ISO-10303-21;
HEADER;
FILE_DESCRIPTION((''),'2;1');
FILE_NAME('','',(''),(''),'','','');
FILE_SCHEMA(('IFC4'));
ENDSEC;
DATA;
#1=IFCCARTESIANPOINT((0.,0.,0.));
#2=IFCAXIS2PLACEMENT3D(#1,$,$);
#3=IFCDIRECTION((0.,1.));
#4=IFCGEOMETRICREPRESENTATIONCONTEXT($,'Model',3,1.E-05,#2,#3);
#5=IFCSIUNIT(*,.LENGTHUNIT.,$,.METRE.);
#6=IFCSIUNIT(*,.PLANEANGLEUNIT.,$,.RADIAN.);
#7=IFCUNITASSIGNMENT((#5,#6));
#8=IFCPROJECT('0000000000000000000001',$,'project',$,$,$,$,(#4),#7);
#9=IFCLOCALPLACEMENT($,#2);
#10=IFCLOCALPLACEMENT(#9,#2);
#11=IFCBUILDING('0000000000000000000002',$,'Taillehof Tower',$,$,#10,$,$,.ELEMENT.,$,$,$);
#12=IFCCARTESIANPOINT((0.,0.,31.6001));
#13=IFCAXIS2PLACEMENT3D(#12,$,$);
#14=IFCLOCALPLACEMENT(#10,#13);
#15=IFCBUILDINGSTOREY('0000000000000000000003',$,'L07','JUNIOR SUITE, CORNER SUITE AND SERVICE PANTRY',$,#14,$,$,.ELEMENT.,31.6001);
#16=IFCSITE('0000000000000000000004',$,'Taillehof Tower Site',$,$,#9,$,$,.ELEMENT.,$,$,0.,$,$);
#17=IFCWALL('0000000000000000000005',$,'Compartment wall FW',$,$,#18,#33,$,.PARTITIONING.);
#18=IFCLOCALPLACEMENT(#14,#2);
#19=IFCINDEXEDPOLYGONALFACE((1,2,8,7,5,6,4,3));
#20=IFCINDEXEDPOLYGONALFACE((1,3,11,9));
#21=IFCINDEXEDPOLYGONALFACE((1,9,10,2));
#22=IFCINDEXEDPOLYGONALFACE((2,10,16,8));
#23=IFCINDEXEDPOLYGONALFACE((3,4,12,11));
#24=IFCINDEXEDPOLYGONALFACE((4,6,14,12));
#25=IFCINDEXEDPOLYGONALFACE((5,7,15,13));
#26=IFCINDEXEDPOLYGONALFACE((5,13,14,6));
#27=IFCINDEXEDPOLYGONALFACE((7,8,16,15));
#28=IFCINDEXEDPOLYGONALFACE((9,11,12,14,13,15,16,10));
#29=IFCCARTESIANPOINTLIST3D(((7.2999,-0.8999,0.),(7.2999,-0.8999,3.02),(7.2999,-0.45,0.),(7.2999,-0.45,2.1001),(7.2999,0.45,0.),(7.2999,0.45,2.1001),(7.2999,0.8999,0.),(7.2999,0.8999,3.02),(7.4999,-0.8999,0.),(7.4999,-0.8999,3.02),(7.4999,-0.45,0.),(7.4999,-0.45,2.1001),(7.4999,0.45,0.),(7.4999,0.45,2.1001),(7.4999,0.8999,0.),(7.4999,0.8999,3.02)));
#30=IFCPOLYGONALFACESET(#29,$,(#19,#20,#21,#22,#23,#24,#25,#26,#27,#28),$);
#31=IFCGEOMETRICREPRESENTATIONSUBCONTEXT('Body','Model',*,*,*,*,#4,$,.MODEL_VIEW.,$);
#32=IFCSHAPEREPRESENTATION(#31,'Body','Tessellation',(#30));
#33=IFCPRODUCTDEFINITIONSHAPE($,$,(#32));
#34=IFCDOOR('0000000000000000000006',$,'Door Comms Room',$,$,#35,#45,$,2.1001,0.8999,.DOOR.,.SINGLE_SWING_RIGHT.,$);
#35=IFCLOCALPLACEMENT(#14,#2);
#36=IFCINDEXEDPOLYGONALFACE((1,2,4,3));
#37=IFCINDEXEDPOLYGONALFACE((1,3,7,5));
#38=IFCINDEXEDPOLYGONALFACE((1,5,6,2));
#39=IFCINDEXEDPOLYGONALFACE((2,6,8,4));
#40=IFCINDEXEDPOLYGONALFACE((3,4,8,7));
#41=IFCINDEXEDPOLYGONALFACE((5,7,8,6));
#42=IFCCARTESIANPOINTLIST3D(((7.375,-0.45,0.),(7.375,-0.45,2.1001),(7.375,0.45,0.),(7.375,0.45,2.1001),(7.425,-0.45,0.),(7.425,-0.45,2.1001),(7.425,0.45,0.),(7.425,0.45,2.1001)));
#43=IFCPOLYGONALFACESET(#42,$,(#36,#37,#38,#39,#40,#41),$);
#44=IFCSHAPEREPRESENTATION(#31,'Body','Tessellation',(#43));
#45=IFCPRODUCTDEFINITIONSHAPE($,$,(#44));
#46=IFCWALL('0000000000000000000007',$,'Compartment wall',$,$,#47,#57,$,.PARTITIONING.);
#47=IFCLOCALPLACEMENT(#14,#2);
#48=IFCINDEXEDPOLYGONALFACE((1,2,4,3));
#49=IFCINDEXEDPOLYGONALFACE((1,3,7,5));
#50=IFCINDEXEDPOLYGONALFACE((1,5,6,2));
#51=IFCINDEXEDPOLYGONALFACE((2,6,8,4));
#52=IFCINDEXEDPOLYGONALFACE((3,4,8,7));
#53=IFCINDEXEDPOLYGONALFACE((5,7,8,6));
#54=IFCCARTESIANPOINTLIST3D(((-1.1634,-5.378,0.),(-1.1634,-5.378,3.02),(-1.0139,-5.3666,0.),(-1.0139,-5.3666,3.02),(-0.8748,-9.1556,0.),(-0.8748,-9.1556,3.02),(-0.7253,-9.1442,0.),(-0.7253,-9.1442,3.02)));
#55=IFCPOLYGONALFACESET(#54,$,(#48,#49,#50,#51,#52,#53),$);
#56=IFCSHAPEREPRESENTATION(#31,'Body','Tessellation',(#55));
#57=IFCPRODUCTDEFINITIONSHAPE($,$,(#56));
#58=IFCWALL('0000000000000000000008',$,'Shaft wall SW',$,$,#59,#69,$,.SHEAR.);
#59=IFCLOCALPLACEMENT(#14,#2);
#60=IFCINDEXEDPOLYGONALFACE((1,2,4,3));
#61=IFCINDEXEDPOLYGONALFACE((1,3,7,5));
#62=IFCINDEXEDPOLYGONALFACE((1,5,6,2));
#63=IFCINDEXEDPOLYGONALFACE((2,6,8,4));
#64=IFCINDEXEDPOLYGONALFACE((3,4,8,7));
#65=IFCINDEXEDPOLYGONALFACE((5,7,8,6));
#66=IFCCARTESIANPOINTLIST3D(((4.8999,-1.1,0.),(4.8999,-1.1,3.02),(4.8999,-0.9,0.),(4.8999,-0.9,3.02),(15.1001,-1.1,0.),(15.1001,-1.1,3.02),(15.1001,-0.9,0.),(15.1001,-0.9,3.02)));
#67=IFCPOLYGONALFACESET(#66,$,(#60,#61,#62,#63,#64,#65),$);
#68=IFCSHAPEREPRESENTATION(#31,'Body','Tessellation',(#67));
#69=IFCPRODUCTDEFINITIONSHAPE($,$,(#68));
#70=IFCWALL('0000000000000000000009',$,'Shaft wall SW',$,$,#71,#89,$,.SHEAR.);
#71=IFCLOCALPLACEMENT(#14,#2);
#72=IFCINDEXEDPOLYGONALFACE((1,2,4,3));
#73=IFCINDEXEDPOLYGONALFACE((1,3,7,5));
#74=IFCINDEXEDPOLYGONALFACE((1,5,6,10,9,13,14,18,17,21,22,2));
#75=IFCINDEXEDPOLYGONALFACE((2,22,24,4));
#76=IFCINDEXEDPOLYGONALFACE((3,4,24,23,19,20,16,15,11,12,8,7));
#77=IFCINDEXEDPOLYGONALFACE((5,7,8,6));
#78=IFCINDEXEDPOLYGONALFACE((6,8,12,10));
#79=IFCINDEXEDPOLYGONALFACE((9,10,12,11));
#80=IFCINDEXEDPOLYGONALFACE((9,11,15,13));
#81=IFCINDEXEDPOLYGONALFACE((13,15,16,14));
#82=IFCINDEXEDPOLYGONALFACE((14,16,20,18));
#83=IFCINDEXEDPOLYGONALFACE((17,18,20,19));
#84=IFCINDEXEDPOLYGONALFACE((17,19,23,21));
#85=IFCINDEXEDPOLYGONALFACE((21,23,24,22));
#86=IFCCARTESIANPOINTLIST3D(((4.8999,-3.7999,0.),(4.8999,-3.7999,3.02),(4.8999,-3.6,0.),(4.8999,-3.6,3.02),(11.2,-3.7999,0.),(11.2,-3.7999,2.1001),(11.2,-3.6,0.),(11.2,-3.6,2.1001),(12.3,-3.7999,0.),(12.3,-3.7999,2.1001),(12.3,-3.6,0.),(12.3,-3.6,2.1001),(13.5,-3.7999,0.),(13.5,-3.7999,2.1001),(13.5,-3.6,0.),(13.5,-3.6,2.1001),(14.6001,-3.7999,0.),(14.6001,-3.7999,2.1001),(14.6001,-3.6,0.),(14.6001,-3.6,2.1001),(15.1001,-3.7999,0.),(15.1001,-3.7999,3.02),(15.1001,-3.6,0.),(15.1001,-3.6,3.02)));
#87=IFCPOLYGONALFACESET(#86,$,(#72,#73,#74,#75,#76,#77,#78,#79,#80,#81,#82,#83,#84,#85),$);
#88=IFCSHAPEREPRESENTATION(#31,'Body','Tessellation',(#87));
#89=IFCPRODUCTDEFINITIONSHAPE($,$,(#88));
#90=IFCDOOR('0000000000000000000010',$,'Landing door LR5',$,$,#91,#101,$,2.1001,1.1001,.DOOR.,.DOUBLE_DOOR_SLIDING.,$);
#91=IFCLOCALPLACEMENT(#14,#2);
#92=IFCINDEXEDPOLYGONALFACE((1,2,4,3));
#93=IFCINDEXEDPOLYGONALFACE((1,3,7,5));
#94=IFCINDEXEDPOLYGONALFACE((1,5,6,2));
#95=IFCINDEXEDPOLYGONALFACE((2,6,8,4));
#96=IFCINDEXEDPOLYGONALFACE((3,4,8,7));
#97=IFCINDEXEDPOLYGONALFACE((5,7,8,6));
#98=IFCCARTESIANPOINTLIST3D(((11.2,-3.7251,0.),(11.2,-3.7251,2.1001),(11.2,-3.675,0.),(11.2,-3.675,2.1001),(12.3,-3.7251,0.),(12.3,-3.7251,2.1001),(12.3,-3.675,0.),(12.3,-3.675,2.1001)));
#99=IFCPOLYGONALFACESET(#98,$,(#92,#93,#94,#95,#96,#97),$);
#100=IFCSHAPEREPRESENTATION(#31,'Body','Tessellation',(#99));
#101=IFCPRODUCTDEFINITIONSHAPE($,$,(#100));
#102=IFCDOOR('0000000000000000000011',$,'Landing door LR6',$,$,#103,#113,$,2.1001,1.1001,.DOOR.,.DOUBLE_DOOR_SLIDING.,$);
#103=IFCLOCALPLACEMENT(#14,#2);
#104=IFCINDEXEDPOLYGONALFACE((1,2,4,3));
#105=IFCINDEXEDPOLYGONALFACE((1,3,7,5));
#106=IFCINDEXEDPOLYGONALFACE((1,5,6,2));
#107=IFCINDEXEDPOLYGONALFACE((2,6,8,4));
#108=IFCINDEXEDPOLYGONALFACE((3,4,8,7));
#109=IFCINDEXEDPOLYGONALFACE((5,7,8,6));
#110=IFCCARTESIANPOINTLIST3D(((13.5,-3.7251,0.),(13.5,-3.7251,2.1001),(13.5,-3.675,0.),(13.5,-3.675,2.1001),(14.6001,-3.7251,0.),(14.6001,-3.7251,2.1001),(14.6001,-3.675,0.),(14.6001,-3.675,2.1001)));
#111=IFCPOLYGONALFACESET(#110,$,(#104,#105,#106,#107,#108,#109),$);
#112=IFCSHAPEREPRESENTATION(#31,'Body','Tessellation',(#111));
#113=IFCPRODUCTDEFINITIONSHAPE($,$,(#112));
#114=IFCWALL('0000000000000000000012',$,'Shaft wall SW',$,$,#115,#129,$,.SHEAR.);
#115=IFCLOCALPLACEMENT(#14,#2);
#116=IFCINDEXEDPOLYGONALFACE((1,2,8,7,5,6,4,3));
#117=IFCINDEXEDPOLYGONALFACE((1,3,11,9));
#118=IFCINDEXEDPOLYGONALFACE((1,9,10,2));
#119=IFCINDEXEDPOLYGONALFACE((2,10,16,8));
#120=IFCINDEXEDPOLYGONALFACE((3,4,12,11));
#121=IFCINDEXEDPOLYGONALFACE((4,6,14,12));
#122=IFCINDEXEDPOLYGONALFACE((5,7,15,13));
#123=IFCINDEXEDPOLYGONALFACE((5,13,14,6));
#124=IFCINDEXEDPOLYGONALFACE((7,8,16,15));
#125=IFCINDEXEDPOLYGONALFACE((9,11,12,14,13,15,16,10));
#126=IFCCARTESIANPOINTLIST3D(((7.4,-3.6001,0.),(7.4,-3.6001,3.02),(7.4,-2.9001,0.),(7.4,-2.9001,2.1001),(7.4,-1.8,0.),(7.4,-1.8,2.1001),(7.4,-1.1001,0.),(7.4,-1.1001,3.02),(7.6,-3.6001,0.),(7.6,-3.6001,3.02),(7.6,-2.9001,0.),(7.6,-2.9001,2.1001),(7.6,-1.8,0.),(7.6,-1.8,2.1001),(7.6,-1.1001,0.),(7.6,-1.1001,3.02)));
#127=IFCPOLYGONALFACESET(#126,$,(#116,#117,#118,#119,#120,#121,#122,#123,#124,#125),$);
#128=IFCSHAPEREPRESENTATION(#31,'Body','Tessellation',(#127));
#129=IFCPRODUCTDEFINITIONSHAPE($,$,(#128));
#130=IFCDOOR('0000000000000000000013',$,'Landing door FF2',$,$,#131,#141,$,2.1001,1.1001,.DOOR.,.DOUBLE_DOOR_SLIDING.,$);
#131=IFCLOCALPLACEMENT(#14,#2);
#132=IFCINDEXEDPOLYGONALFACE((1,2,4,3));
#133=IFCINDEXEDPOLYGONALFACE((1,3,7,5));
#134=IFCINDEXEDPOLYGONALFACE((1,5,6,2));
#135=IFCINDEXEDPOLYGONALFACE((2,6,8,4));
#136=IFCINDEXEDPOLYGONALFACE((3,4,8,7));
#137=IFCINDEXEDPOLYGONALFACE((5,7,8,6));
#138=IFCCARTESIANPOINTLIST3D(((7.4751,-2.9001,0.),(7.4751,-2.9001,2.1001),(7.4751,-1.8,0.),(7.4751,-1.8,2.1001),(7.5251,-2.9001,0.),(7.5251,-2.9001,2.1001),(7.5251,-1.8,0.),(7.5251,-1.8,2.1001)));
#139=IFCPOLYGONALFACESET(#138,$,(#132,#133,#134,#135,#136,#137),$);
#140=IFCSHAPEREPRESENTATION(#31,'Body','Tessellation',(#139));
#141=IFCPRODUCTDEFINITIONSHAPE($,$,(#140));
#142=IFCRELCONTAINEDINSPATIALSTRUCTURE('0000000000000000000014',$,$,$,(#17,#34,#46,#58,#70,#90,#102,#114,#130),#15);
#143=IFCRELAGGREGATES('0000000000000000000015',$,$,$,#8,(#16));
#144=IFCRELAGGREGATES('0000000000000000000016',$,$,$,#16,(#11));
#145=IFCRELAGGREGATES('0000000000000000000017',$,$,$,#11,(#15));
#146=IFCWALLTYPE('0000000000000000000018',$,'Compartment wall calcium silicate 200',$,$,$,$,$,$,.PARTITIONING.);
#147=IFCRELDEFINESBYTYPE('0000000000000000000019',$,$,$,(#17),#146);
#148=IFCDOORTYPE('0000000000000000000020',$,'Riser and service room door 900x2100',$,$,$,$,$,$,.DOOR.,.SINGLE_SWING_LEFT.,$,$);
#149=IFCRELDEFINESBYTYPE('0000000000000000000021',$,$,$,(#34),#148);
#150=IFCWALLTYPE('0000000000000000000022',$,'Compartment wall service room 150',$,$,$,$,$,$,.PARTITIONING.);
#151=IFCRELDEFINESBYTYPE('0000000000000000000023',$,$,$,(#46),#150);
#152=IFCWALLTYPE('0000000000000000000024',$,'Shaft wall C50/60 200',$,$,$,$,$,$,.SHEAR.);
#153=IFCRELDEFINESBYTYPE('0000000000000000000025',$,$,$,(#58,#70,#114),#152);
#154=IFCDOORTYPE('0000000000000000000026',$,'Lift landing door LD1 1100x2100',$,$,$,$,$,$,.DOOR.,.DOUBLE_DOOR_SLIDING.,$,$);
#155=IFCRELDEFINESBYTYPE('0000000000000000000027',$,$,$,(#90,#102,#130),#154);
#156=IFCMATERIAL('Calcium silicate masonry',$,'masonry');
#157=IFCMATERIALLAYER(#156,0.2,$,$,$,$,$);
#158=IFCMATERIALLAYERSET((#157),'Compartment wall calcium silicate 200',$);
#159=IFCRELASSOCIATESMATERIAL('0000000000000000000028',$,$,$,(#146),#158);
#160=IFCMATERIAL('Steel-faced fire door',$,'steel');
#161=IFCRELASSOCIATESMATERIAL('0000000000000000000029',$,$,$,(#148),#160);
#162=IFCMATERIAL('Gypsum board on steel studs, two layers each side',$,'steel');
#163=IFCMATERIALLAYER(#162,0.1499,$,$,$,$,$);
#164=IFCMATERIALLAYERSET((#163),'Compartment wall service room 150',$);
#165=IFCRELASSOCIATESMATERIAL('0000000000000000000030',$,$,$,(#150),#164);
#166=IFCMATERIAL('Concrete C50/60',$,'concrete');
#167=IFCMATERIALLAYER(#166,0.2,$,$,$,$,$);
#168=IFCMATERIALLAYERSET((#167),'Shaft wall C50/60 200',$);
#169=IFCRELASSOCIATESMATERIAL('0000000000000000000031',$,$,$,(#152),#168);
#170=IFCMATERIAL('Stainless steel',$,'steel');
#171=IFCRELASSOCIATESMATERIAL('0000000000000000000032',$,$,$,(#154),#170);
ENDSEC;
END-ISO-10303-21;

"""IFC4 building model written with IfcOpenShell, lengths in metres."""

from ifc_helpers import new_model, si_unit, direction, frame, frame_2d, origin, place, context, subcontext, project, spatial, rectangle, extrude, material, layer, layer_set, type_object, element, fill, save


model = new_model("IFC4")

# Units and contexts
model_context = context("Model", 3, precision=1e-05, world=origin(), true_north=direction((0.0, 1.0)))
body_context = subcontext(model_context, "Body", "Model", "MODEL_VIEW")
ifc_project = project(units=[si_unit("LENGTHUNIT", "METRE"), si_unit("PLANEANGLEUNIT", "RADIAN")], contexts=[model_context])

# Site, building, storey
site_placement = place(None, origin())
site = spatial("IfcSite", under=ifc_project, at=site_placement, Name="Taillehof Tower Site", CompositionType="ELEMENT", RefElevation=0.0)
building_placement = place(site_placement, origin())
building = spatial("IfcBuilding", under=site, at=building_placement, Name="Taillehof Tower", CompositionType="ELEMENT")
storey_placement = place(building_placement, frame((0.0, 0.0, 31.6001)))
storey = spatial("IfcBuildingStorey", under=building, at=storey_placement, Name="L07", Description="JUNIOR SUITE, CORNER SUITE AND SERVICE PANTRY", CompositionType="ELEMENT", Elevation=31.6001)

# Wall, opening, door
ifc_material_1 = material(Name="Calcium silicate masonry", Category="masonry")
ifc_layer_1 = layer(ifc_material_1, 0.2)
ifc_layer_set_1 = layer_set([ifc_layer_1], Name="Compartment wall calcium silicate 200")
wall_type_1 = type_object("IfcWallType", Name="Compartment wall calcium silicate 200", PredefinedType="PARTITIONING", material=ifc_layer_set_1)
wall_1_placement = place(storey_placement, frame((7.3999, -0.8999, 0.0), z_axis=(0.0, 0.0, 1.0), x_axis=(0.0, 1.0, 0.0)))
wall_1 = element("IfcWall", 1, at=wall_1_placement, inside=storey, type_object=wall_type_1, Name="Compartment wall FW", PredefinedType="PARTITIONING", context=body_context, shape_type="SweptSolid", body=[
    extrude(rectangle(XDim=1.7998, YDim=0.2, at=frame_2d((0.8999, 0.0))), origin(), (0.0, 0.0, 1.0), 3.02),
])
opening_1_placement = place(wall_1_placement, frame((0.45, 0.0, 0.0)))
opening_1 = element("IfcOpeningElement", 2, at=opening_1_placement, cuts=wall_1, PredefinedType="OPENING", context=body_context, shape_type="SweptSolid", body=[
    extrude(rectangle(XDim=0.8999, YDim=2.1001, at=frame_2d((0.45, 1.05))), frame((0.0, 0.1099, 0.0), z_axis=(0.0, -1.0, 0.0), x_axis=(1.0, 0.0, 0.0)), (0.0, 0.0, 1.0), 0.22),
])
ifc_material_2 = material(Name="Steel-faced fire door", Category="steel")
door_type_1 = type_object("IfcDoorType", Name="Riser and service room door 900x2100", OperationType="SINGLE_SWING_LEFT", PredefinedType="DOOR", material=ifc_material_2)
door_1_placement = place(opening_1_placement, origin())
door_1 = element("IfcDoor", 3, at=door_1_placement, inside=storey, type_object=door_type_1, Name="Door Comms Room", OperationType="SINGLE_SWING_RIGHT", OverallHeight=2.1001, OverallWidth=0.8999, PredefinedType="DOOR", context=body_context, shape_type="SweptSolid", body=[
    extrude(rectangle(XDim=0.8999, YDim=2.1001, at=frame_2d((0.45, 1.05))), frame((0.0, 0.0249, 0.0), z_axis=(0.0, -1.0, 0.0), x_axis=(1.0, 0.0, 0.0)), (0.0, 0.0, 1.0), 0.05),
])
fill(opening_1, door_1)

# Walls
ifc_material_3 = material(Name="Gypsum board on steel studs, two layers each side", Category="steel")
ifc_layer_2 = layer(ifc_material_3, 0.1499)
ifc_layer_set_2 = layer_set([ifc_layer_2], Name="Compartment wall service room 150")
wall_type_2 = type_object("IfcWallType", Name="Compartment wall service room 150", PredefinedType="PARTITIONING", material=ifc_layer_set_2)
wall_2_placement = place(storey_placement, frame((-1.0886, -5.3723, 0.0), z_axis=(0.0, 0.0, 1.0), x_axis=(0.076169, -0.997095, 0.0)))
element("IfcWall", 4, at=wall_2_placement, inside=storey, type_object=wall_type_2, Name="Compartment wall", PredefinedType="PARTITIONING", context=body_context, shape_type="SweptSolid", body=[
    extrude(rectangle(XDim=3.7886, YDim=0.1499, at=frame_2d((1.8943, 0.0))), origin(), (0.0, 0.0, 1.0), 3.02),
])
ifc_material_4 = material(Name="Concrete C50/60", Category="concrete")
ifc_layer_3 = layer(ifc_material_4, 0.2)
ifc_layer_set_3 = layer_set([ifc_layer_3], Name="Shaft wall C50/60 200")
wall_type_3 = type_object("IfcWallType", Name="Shaft wall C50/60 200", PredefinedType="SHEAR", material=ifc_layer_set_3)
wall_3_placement = place(storey_placement, frame((4.8999, -1.0, 0.0), z_axis=(0.0, 0.0, 1.0), x_axis=(1.0, 0.0, 0.0)))
element("IfcWall", 5, at=wall_3_placement, inside=storey, type_object=wall_type_3, Name="Shaft wall SW", PredefinedType="SHEAR", context=body_context, shape_type="SweptSolid", body=[
    extrude(rectangle(XDim=10.2002, YDim=0.2, at=frame_2d((5.1001, 0.0))), origin(), (0.0, 0.0, 1.0), 3.02),
])

# Wall, openings, doors
wall_4_placement = place(storey_placement, frame((4.8999, -3.7, 0.0), z_axis=(0.0, 0.0, 1.0), x_axis=(1.0, 0.0, 0.0)))
wall_4 = element("IfcWall", 6, at=wall_4_placement, inside=storey, type_object=wall_type_3, Name="Shaft wall SW", PredefinedType="SHEAR", context=body_context, shape_type="SweptSolid", body=[
    extrude(rectangle(XDim=10.2002, YDim=0.2, at=frame_2d((5.1001, 0.0))), origin(), (0.0, 0.0, 1.0), 3.02),
])
opening_2_placement = place(wall_4_placement, frame((6.3, 0.0, 0.0)))
opening_2 = element("IfcOpeningElement", 7, at=opening_2_placement, cuts=wall_4, PredefinedType="OPENING", context=body_context, shape_type="SweptSolid", body=[
    extrude(rectangle(XDim=1.1001, YDim=2.1001, at=frame_2d((0.55, 1.05))), frame((0.0, 0.1099, 0.0), z_axis=(0.0, -1.0, 0.0), x_axis=(1.0, 0.0, 0.0)), (0.0, 0.0, 1.0), 0.22),
])
opening_3_placement = place(wall_4_placement, frame((8.6001, 0.0, 0.0)))
opening_3 = element("IfcOpeningElement", 8, at=opening_3_placement, cuts=wall_4, PredefinedType="OPENING", context=body_context, shape_type="SweptSolid", body=[
    extrude(rectangle(XDim=1.1001, YDim=2.1001, at=frame_2d((0.55, 1.05))), frame((0.0, 0.1099, 0.0), z_axis=(0.0, -1.0, 0.0), x_axis=(1.0, 0.0, 0.0)), (0.0, 0.0, 1.0), 0.22),
])
ifc_material_5 = material(Name="Stainless steel", Category="steel")
door_type_2 = type_object("IfcDoorType", Name="Lift landing door LD1 1100x2100", OperationType="DOUBLE_DOOR_SLIDING", PredefinedType="DOOR", material=ifc_material_5)
door_2_placement = place(opening_2_placement, origin())
door_2 = element("IfcDoor", 9, at=door_2_placement, inside=storey, type_object=door_type_2, Name="Landing door LR5", OperationType="DOUBLE_DOOR_SLIDING", OverallHeight=2.1001, OverallWidth=1.1001, PredefinedType="DOOR", context=body_context, shape_type="SweptSolid", body=[
    extrude(rectangle(XDim=1.1001, YDim=2.1001, at=frame_2d((0.55, 1.05))), frame((0.0, 0.0249, 0.0), z_axis=(0.0, -1.0, 0.0), x_axis=(1.0, 0.0, 0.0)), (0.0, 0.0, 1.0), 0.05),
])
fill(opening_2, door_2)
door_3_placement = place(opening_3_placement, origin())
door_3 = element("IfcDoor", 10, at=door_3_placement, inside=storey, type_object=door_type_2, Name="Landing door LR6", OperationType="DOUBLE_DOOR_SLIDING", OverallHeight=2.1001, OverallWidth=1.1001, PredefinedType="DOOR", context=body_context, shape_type="SweptSolid", body=[
    extrude(rectangle(XDim=1.1001, YDim=2.1001, at=frame_2d((0.55, 1.05))), frame((0.0, 0.0249, 0.0), z_axis=(0.0, -1.0, 0.0), x_axis=(1.0, 0.0, 0.0)), (0.0, 0.0, 1.0), 0.05),
])
fill(opening_3, door_3)

# Wall, opening, door
wall_5_placement = place(storey_placement, frame((7.5, -3.6001, 0.0), z_axis=(0.0, 0.0, 1.0), x_axis=(0.0, 1.0, 0.0)))
wall_5 = element("IfcWall", 11, at=wall_5_placement, inside=storey, type_object=wall_type_3, Name="Shaft wall SW", PredefinedType="SHEAR", context=body_context, shape_type="SweptSolid", body=[
    extrude(rectangle(XDim=2.5, YDim=0.2, at=frame_2d((1.25, 0.0))), origin(), (0.0, 0.0, 1.0), 3.02),
])
opening_4_placement = place(wall_5_placement, frame((0.7, 0.0, 0.0)))
opening_4 = element("IfcOpeningElement", 12, at=opening_4_placement, cuts=wall_5, PredefinedType="OPENING", context=body_context, shape_type="SweptSolid", body=[
    extrude(rectangle(XDim=1.1001, YDim=2.1001, at=frame_2d((0.55, 1.05))), frame((0.0, 0.1099, 0.0), z_axis=(0.0, -1.0, 0.0), x_axis=(1.0, 0.0, 0.0)), (0.0, 0.0, 1.0), 0.22),
])
door_4_placement = place(opening_4_placement, origin())
door_4 = element("IfcDoor", 13, at=door_4_placement, inside=storey, type_object=door_type_2, Name="Landing door FF2", OperationType="DOUBLE_DOOR_SLIDING", OverallHeight=2.1001, OverallWidth=1.1001, PredefinedType="DOOR", context=body_context, shape_type="SweptSolid", body=[
    extrude(rectangle(XDim=1.1001, YDim=2.1001, at=frame_2d((0.55, 1.05))), frame((0.0, 0.0249, 0.0), z_axis=(0.0, -1.0, 0.0), x_axis=(1.0, 0.0, 0.0)), (0.0, 0.0, 1.0), 0.05),
])
fill(opening_4, door_4)

save(model, "model.ifc")
